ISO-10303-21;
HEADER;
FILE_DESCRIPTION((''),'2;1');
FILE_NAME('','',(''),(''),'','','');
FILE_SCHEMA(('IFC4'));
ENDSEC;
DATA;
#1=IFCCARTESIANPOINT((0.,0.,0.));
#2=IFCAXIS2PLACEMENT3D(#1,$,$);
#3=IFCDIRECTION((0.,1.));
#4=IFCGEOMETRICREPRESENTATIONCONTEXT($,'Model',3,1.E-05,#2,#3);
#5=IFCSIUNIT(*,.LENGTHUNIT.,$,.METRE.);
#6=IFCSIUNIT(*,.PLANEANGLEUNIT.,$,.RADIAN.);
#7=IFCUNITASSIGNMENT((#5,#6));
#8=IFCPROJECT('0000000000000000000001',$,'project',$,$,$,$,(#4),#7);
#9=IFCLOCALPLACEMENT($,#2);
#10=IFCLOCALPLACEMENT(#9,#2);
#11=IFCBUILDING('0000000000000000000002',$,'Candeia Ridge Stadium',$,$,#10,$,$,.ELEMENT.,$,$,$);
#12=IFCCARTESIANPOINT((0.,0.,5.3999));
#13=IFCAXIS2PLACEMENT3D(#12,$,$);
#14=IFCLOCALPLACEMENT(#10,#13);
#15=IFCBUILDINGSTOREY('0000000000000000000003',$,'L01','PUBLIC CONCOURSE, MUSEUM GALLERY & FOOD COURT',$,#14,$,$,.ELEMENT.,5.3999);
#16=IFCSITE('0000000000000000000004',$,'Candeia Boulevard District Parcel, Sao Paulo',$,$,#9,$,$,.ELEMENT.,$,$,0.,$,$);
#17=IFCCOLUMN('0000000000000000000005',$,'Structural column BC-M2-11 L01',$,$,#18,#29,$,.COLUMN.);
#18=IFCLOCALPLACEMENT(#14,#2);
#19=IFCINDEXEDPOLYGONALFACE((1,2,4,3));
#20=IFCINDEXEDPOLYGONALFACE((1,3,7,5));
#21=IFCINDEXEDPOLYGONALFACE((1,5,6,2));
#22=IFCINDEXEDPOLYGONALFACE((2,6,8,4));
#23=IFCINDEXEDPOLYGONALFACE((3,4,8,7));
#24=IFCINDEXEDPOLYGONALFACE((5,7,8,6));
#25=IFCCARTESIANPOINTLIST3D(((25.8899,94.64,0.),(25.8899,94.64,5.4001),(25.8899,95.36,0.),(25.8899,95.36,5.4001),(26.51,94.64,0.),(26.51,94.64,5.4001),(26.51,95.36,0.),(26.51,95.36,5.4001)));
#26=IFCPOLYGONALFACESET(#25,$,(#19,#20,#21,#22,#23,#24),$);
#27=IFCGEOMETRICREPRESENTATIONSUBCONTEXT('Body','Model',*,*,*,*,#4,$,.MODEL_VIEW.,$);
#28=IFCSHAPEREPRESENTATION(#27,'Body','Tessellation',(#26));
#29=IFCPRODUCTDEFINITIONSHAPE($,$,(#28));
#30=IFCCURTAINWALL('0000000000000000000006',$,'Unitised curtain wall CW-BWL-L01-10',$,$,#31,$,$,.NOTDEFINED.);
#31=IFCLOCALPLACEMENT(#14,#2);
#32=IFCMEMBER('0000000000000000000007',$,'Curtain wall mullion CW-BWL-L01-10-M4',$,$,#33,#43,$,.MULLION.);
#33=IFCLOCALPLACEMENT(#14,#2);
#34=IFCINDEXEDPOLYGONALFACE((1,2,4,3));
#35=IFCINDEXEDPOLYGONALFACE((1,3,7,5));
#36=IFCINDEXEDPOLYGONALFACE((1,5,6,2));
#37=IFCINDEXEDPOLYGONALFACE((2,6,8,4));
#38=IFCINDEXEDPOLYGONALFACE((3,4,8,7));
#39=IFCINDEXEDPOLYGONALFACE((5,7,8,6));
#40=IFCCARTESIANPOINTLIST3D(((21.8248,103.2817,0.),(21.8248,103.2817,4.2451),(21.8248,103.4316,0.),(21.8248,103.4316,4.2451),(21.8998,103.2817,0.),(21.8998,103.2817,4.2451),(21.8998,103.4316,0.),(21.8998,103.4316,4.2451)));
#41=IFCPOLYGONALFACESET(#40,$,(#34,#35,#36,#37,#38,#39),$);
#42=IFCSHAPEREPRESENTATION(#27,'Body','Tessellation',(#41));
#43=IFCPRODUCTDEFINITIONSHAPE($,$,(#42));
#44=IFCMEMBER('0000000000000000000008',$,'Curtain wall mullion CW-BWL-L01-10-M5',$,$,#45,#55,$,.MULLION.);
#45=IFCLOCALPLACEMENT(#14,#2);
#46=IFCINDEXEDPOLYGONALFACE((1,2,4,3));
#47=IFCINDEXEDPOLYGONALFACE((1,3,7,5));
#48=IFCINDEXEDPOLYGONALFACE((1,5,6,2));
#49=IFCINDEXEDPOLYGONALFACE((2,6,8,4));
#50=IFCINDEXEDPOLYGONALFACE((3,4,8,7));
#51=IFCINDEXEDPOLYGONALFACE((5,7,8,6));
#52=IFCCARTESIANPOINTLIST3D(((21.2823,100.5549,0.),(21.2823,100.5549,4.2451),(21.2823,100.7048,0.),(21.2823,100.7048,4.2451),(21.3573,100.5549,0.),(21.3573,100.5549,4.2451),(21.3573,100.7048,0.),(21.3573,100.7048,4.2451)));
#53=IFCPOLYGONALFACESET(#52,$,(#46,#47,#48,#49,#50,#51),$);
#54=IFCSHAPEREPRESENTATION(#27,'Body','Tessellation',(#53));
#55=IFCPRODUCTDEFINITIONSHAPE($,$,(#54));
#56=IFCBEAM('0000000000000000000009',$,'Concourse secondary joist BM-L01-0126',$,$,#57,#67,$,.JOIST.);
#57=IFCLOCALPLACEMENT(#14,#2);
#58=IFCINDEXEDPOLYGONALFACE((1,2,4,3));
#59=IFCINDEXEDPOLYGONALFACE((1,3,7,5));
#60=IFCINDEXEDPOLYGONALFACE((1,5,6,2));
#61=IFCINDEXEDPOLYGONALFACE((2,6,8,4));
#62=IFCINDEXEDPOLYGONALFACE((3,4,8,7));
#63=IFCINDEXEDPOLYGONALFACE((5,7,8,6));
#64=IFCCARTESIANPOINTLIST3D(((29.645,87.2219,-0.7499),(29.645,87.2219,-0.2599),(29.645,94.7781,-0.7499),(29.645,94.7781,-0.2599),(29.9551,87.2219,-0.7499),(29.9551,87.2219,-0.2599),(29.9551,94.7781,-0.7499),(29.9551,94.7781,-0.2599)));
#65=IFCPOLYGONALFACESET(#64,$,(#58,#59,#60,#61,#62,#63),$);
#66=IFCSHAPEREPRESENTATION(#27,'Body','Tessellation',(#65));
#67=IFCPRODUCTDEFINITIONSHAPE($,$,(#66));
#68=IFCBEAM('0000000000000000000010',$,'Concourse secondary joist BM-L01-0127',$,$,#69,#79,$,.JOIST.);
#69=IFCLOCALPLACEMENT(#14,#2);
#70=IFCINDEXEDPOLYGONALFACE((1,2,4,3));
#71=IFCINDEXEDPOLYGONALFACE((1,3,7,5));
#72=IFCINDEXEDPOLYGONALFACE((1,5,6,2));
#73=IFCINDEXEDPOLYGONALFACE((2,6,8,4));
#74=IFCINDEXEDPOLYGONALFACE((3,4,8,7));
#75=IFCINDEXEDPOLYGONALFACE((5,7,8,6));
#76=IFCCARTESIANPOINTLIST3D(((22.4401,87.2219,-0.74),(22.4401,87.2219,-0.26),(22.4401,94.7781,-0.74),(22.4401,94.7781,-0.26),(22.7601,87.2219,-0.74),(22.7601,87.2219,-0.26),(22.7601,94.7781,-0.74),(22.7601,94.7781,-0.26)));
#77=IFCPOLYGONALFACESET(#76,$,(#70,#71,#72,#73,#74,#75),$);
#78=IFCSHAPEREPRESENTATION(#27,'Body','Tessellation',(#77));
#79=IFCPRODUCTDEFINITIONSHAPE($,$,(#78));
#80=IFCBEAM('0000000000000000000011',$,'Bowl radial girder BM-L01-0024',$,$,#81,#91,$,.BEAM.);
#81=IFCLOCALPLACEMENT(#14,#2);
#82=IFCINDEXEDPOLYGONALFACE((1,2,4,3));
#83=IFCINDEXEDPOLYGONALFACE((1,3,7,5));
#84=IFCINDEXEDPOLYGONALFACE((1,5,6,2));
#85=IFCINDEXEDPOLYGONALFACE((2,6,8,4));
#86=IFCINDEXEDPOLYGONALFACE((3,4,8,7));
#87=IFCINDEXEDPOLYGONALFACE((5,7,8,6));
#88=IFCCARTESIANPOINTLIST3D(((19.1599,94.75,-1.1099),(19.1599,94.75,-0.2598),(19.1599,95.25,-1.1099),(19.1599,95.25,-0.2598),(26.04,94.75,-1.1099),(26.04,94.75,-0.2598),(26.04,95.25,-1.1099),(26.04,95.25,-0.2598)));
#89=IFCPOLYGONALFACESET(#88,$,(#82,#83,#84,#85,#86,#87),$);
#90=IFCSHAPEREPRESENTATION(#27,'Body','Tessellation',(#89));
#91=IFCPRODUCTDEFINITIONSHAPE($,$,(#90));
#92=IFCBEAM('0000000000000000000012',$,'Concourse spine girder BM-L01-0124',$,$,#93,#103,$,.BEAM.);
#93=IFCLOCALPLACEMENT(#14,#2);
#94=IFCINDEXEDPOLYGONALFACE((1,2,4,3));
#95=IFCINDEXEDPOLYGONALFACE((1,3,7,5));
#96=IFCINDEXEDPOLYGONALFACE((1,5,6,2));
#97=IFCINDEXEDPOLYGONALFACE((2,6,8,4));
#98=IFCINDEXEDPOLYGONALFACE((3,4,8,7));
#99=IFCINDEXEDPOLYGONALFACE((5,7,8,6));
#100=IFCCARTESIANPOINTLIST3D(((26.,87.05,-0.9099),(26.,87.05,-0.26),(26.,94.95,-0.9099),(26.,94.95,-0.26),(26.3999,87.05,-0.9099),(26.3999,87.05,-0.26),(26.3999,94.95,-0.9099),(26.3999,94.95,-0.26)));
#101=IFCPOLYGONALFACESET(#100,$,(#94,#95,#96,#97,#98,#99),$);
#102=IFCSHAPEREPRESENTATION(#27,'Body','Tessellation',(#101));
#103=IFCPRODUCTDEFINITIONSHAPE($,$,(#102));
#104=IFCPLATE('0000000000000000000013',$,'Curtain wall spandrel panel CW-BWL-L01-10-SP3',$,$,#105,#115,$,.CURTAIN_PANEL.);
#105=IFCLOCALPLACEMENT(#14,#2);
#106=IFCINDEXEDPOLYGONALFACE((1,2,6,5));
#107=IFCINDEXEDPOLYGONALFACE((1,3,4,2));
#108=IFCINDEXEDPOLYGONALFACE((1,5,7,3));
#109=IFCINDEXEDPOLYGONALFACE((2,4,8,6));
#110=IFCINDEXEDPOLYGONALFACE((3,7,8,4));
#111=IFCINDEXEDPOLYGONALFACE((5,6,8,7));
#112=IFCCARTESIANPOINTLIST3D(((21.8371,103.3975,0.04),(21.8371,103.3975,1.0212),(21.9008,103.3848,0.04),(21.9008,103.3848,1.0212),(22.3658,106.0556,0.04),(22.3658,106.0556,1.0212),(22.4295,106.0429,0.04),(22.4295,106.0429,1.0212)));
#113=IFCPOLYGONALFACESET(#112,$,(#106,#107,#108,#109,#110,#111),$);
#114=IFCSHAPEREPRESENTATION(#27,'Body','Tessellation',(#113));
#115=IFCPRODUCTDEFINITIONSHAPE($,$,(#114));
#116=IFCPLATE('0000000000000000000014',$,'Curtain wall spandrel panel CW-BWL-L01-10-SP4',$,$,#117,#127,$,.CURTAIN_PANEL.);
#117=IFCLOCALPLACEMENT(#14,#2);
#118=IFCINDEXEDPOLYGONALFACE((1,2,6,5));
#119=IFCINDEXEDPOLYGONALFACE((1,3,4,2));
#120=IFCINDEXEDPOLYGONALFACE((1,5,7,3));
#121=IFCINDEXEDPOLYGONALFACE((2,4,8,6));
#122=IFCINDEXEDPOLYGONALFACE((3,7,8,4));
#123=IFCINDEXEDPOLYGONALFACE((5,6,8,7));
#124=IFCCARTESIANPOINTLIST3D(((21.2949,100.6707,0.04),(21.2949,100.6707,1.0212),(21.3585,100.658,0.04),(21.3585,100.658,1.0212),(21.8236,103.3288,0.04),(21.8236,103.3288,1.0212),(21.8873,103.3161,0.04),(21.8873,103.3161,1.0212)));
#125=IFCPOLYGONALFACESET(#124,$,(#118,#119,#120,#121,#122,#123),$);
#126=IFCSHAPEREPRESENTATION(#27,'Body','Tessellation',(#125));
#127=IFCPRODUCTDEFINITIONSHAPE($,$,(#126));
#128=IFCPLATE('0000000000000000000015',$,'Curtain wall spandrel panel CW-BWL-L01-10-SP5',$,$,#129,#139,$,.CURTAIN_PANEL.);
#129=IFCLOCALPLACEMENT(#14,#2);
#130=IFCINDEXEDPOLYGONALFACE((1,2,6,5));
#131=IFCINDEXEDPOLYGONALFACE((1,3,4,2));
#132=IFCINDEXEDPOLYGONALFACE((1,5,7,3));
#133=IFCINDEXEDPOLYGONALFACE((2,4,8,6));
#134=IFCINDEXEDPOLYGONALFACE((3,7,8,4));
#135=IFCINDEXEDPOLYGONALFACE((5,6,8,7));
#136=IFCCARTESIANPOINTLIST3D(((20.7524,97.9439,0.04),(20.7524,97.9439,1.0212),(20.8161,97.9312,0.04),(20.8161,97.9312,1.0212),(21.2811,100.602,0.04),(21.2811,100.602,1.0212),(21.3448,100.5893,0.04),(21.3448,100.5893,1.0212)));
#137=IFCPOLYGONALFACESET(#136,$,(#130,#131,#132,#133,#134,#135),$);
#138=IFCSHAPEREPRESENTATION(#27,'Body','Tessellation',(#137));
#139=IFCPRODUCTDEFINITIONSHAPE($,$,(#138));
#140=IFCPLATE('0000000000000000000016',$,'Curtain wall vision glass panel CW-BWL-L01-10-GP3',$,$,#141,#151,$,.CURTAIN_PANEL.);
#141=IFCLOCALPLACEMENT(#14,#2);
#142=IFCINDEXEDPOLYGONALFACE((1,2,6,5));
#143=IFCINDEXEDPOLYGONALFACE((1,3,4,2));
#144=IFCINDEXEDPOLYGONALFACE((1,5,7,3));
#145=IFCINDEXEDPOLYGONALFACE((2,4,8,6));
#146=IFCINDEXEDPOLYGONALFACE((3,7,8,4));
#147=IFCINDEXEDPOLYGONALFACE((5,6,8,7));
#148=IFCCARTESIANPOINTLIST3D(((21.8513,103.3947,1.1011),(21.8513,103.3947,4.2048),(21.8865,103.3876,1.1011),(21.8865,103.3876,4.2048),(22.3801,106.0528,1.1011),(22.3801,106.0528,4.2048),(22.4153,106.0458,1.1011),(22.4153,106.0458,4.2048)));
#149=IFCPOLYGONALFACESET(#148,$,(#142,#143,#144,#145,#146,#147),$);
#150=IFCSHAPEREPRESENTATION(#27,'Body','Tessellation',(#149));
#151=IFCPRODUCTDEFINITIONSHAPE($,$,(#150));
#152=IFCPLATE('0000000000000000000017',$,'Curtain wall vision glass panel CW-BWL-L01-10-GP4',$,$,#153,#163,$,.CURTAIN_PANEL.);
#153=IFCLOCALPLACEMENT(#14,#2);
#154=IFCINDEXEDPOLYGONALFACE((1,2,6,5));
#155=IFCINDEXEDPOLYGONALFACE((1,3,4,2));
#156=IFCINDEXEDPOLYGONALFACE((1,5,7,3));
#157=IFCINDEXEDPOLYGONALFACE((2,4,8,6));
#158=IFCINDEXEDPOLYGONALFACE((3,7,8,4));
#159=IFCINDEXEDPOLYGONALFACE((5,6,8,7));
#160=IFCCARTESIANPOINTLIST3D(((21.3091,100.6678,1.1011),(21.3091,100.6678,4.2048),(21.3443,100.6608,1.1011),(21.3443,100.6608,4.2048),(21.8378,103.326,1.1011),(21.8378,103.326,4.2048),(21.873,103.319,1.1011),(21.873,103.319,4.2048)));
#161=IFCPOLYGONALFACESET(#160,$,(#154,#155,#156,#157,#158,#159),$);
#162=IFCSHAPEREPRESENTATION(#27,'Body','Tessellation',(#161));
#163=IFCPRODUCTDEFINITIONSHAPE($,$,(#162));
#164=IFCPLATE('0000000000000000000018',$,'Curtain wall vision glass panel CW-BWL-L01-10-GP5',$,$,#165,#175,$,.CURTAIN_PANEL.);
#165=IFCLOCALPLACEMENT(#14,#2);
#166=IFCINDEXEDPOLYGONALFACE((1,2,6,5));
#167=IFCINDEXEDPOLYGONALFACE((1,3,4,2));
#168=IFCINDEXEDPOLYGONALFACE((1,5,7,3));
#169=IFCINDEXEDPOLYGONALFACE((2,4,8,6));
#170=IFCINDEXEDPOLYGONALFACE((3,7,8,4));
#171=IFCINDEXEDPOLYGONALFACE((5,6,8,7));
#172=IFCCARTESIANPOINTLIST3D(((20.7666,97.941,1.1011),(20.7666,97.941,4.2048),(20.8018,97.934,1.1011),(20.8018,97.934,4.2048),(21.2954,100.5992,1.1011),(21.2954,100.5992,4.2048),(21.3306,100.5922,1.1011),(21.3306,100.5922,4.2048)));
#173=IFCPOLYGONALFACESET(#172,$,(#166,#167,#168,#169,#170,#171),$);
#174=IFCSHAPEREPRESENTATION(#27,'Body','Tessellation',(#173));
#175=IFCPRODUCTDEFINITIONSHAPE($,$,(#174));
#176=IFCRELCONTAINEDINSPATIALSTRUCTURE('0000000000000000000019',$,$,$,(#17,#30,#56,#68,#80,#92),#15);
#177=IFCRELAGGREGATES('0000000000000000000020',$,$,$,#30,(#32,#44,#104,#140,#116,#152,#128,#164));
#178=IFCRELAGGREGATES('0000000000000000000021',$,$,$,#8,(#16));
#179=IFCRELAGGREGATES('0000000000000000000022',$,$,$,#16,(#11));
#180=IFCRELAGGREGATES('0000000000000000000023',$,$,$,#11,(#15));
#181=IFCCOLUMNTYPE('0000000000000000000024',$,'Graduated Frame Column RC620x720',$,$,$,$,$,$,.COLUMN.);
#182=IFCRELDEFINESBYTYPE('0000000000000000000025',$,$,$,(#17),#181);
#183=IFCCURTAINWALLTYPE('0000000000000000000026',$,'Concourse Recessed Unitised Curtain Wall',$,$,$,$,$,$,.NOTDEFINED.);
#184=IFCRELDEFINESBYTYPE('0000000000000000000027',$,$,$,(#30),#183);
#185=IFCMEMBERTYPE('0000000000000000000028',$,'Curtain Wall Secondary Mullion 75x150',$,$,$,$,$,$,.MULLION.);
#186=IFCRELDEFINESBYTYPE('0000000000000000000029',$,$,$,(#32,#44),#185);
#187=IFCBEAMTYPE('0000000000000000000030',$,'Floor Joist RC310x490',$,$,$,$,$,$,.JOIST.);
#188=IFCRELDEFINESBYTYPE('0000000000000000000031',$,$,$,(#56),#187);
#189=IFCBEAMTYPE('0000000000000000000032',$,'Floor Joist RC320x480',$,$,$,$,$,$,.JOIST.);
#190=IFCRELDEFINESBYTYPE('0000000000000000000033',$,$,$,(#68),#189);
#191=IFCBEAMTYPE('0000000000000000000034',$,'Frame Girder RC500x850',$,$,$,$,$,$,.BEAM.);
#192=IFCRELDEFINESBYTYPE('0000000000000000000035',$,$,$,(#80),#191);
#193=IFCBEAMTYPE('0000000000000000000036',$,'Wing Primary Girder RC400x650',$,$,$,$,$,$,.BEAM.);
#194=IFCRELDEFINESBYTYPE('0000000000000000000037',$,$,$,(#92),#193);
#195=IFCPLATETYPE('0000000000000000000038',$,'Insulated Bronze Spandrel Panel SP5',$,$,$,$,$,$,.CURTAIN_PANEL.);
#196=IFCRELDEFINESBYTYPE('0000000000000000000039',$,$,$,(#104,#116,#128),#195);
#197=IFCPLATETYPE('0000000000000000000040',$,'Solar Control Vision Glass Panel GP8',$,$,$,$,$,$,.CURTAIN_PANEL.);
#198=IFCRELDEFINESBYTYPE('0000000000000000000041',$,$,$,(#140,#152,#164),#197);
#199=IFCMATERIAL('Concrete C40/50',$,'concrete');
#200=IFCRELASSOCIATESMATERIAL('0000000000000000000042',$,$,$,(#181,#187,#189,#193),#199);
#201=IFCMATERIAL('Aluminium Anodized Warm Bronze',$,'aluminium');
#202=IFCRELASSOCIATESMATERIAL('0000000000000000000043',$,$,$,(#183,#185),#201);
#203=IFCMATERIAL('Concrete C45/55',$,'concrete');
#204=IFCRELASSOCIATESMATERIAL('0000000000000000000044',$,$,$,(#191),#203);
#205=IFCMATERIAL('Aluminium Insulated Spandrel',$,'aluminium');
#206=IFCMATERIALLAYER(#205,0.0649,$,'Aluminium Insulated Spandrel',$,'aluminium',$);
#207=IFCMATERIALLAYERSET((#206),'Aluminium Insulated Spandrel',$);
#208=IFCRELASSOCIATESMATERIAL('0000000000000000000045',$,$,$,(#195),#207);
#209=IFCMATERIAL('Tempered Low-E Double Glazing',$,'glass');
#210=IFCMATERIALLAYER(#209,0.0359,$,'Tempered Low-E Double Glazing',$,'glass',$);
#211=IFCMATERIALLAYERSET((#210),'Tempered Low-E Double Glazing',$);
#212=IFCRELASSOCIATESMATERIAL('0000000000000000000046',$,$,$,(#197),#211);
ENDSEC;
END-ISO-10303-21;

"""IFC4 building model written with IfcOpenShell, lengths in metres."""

from ifc_helpers import new_model, si_unit, direction, frame, origin, origin_2d, place, context, subcontext, project, spatial, rectangle, extrude, material, layer, layer_set, material_profile, profile_set, type_object, element, aggregate, save


model = new_model("IFC4")

# Units and contexts
model_context = context("Model", 3, precision=1e-05, world=origin(), true_north=direction((0.0, 1.0)))
body_context = subcontext(model_context, "Body", "Model", "MODEL_VIEW")
ifc_project = project(units=[si_unit("LENGTHUNIT", "METRE"), si_unit("PLANEANGLEUNIT", "RADIAN")], contexts=[model_context])

# Site, building, storey
site_placement = place(None, origin())
site = spatial("IfcSite", under=ifc_project, at=site_placement, Name="Candeia Boulevard District Parcel, Sao Paulo", CompositionType="ELEMENT", RefElevation=0.0)
building_placement = place(site_placement, origin())
building = spatial("IfcBuilding", under=site, at=building_placement, Name="Candeia Ridge Stadium", CompositionType="ELEMENT")
storey_placement = place(building_placement, frame((0.0, 0.0, 5.3999)))
storey = spatial("IfcBuildingStorey", under=building, at=storey_placement, Name="L01", Description="PUBLIC CONCOURSE, MUSEUM GALLERY & FOOD COURT", CompositionType="ELEMENT", Elevation=5.3999)

# Column
ifc_material_1 = material(Name="Concrete C40/50", Category="concrete")
ifc_material_profile_1 = material_profile(ifc_material_1, rectangle(XDim=0.6201, YDim=0.72, at=origin_2d()), Name="RC620x720", Category="concrete")
ifc_profile_set_1 = profile_set([ifc_material_profile_1], Name="Concrete C40/50")
column_type = type_object("IfcColumnType", Name="Graduated Frame Column RC620x720", PredefinedType="COLUMN", material=ifc_profile_set_1)
column_placement = place(storey_placement, frame((26.2, 95.0, 0.0), z_axis=(0.0, 0.0, 1.0), x_axis=(1.0, 0.0, 0.0)))
element("IfcColumn", 1, at=column_placement, inside=storey, type_object=column_type, Name="Structural column BC-M2-11 L01", PredefinedType="COLUMN", context=body_context, shape_type="SweptSolid", body=[
    extrude(rectangle(XDim=0.6201, YDim=0.72, at=origin_2d()), origin(), (0.0, 0.0, 1.0), 5.4001),
])

# Curtain wall, members
ifc_material_2 = material(Name="Aluminium Anodized Warm Bronze", Category="aluminium")
curtain_wall_type = type_object("IfcCurtainWallType", Name="Concourse Recessed Unitised Curtain Wall", PredefinedType="NOTDEFINED", material=ifc_material_2)
curtain_wall_placement = place(storey_placement, origin())
curtain_wall = element("IfcCurtainWall", 2, at=curtain_wall_placement, inside=storey, type_object=curtain_wall_type, Name="Unitised curtain wall CW-BWL-L01-10", PredefinedType="NOTDEFINED")
ifc_material_profile_2 = material_profile(ifc_material_2, rectangle(XDim=0.075, YDim=0.1499, at=origin_2d()), Name="CWM-75x150", Category="aluminium")
ifc_profile_set_2 = profile_set([ifc_material_profile_2], Name="Aluminium Anodized Warm Bronze")
member_type = type_object("IfcMemberType", Name="Curtain Wall Secondary Mullion 75x150", PredefinedType="MULLION", material=ifc_profile_set_2)
member_1_placement = place(storey_placement, frame((21.8623, 103.3567, 0.0), z_axis=(0.0, 0.0, 1.0), x_axis=(1.0, 0.0, 0.0)))
member_1 = element("IfcMember", 3, at=member_1_placement, type_object=member_type, Name="Curtain wall mullion CW-BWL-L01-10-M4", PredefinedType="MULLION", context=body_context, shape_type="SweptSolid", body=[
    extrude(rectangle(XDim=0.075, YDim=0.1499, at=origin_2d()), origin(), (0.0, 0.0, 1.0), 4.2451),
])
member_2_placement = place(storey_placement, frame((21.3198, 100.6299, 0.0), z_axis=(0.0, 0.0, 1.0), x_axis=(1.0, 0.0, 0.0)))
member_2 = element("IfcMember", 4, at=member_2_placement, type_object=member_type, Name="Curtain wall mullion CW-BWL-L01-10-M5", PredefinedType="MULLION", context=body_context, shape_type="SweptSolid", body=[
    extrude(rectangle(XDim=0.075, YDim=0.1499, at=origin_2d()), origin(), (0.0, 0.0, 1.0), 4.2451),
])

# Beams
ifc_material_profile_3 = material_profile(ifc_material_1, rectangle(XDim=0.3101, YDim=0.49, at=origin_2d()), Name="RC310x490", Category="concrete")
ifc_profile_set_3 = profile_set([ifc_material_profile_3], Name="Concrete C40/50")
beam_type_1 = type_object("IfcBeamType", Name="Floor Joist RC310x490", PredefinedType="JOIST", material=ifc_profile_set_3)
beam_1_placement = place(storey_placement, frame((29.8, 94.7781, -0.5049), z_axis=(0.0, -1.0, 0.0), x_axis=(1.0, 0.0, 0.0)))
element("IfcBeam", 5, at=beam_1_placement, inside=storey, type_object=beam_type_1, Name="Concourse secondary joist BM-L01-0126", PredefinedType="JOIST", context=body_context, shape_type="SweptSolid", body=[
    extrude(rectangle(XDim=0.3101, YDim=0.49, at=origin_2d()), origin(), (0.0, 0.0, 1.0), 7.5562),
])
ifc_material_profile_4 = material_profile(ifc_material_1, rectangle(XDim=0.3201, YDim=0.48, at=origin_2d()), Name="RC320x480", Category="concrete")
ifc_profile_set_4 = profile_set([ifc_material_profile_4], Name="Concrete C40/50")
beam_type_2 = type_object("IfcBeamType", Name="Floor Joist RC320x480", PredefinedType="JOIST", material=ifc_profile_set_4)
beam_2_placement = place(storey_placement, frame((22.6001, 94.7781, -0.5), z_axis=(0.0, -1.0, 0.0), x_axis=(1.0, 0.0, 0.0)))
element("IfcBeam", 6, at=beam_2_placement, inside=storey, type_object=beam_type_2, Name="Concourse secondary joist BM-L01-0127", PredefinedType="JOIST", context=body_context, shape_type="SweptSolid", body=[
    extrude(rectangle(XDim=0.3201, YDim=0.48, at=origin_2d()), origin(), (0.0, 0.0, 1.0), 7.5562),
])
ifc_material_3 = material(Name="Concrete C45/55", Category="concrete")
ifc_material_profile_5 = material_profile(ifc_material_3, rectangle(XDim=0.5, YDim=0.8501, at=origin_2d()), Name="RC500x850", Category="concrete")
ifc_profile_set_5 = profile_set([ifc_material_profile_5], Name="Concrete C45/55")
beam_type_3 = type_object("IfcBeamType", Name="Frame Girder RC500x850", PredefinedType="BEAM", material=ifc_profile_set_5)
beam_3_placement = place(storey_placement, frame((26.04, 95.0, -0.6848), z_axis=(-1.0, 0.0, 0.0), x_axis=(0.0, -1.0, 0.0)))
element("IfcBeam", 7, at=beam_3_placement, inside=storey, type_object=beam_type_3, Name="Bowl radial girder BM-L01-0024", PredefinedType="BEAM", context=body_context, shape_type="SweptSolid", body=[
    extrude(rectangle(XDim=0.5, YDim=0.8501, at=origin_2d()), origin(), (0.0, 0.0, 1.0), 6.8801),
])
ifc_material_profile_6 = material_profile(ifc_material_1, rectangle(XDim=0.3999, YDim=0.6499, at=origin_2d()), Name="RC400x650", Category="concrete")
ifc_profile_set_6 = profile_set([ifc_material_profile_6], Name="Concrete C40/50")
beam_type_4 = type_object("IfcBeamType", Name="Wing Primary Girder RC400x650", PredefinedType="BEAM", material=ifc_profile_set_6)
beam_4_placement = place(storey_placement, frame((26.2, 94.95, -0.585), z_axis=(0.0, -1.0, 0.0), x_axis=(1.0, 0.0, 0.0)))
element("IfcBeam", 8, at=beam_4_placement, inside=storey, type_object=beam_type_4, Name="Concourse spine girder BM-L01-0124", PredefinedType="BEAM", context=body_context, shape_type="SweptSolid", body=[
    extrude(rectangle(XDim=0.3999, YDim=0.6499, at=origin_2d()), origin(), (0.0, 0.0, 1.0), 7.8999),
])

# Plates
ifc_material_4 = material(Name="Aluminium Insulated Spandrel", Category="aluminium")
ifc_layer_1 = layer(ifc_material_4, 0.0649, Name="Aluminium Insulated Spandrel", Category="aluminium")
ifc_layer_set_1 = layer_set([ifc_layer_1], Name="Aluminium Insulated Spandrel")
plate_type_1 = type_object("IfcPlateType", Name="Insulated Bronze Spandrel Panel SP5", PredefinedType="CURTAIN_PANEL", material=ifc_layer_set_1)
plate_1_placement = place(storey_placement, frame((22.1333, 104.7202, 0.04), z_axis=(0.0, 0.0, 1.0), x_axis=(-0.19509, -0.980785, 0.0)))
plate_1 = element("IfcPlate", 9, at=plate_1_placement, type_object=plate_type_1, Name="Curtain wall spandrel panel CW-BWL-L01-10-SP3", PredefinedType="CURTAIN_PANEL", context=body_context, shape_type="SweptSolid", body=[
    extrude(rectangle(XDim=2.7102, YDim=0.0649, at=origin_2d()), origin(), (0.0, 0.0, 1.0), 0.9812),
])
plate_2_placement = place(storey_placement, frame((21.5911, 101.9934, 0.04), z_axis=(0.0, 0.0, 1.0), x_axis=(-0.19509, -0.980785, 0.0)))
plate_2 = element("IfcPlate", 10, at=plate_2_placement, type_object=plate_type_1, Name="Curtain wall spandrel panel CW-BWL-L01-10-SP4", PredefinedType="CURTAIN_PANEL", context=body_context, shape_type="SweptSolid", body=[
    extrude(rectangle(XDim=2.7102, YDim=0.0649, at=origin_2d()), origin(), (0.0, 0.0, 1.0), 0.9812),
])
plate_3_placement = place(storey_placement, frame((21.0486, 99.2666, 0.04), z_axis=(0.0, 0.0, 1.0), x_axis=(-0.19509, -0.980785, 0.0)))
plate_3 = element("IfcPlate", 11, at=plate_3_placement, type_object=plate_type_1, Name="Curtain wall spandrel panel CW-BWL-L01-10-SP5", PredefinedType="CURTAIN_PANEL", context=body_context, shape_type="SweptSolid", body=[
    extrude(rectangle(XDim=2.7102, YDim=0.0649, at=origin_2d()), origin(), (0.0, 0.0, 1.0), 0.9812),
])
ifc_material_5 = material(Name="Tempered Low-E Double Glazing", Category="glass")
ifc_layer_2 = layer(ifc_material_5, 0.0359, Name="Tempered Low-E Double Glazing", Category="glass")
ifc_layer_set_2 = layer_set([ifc_layer_2], Name="Tempered Low-E Double Glazing")
plate_type_2 = type_object("IfcPlateType", Name="Solar Control Vision Glass Panel GP8", PredefinedType="CURTAIN_PANEL", material=ifc_layer_set_2)
plate_4_placement = place(storey_placement, frame((22.1333, 104.7202, 1.1011), z_axis=(0.0, 0.0, 1.0), x_axis=(-0.19509, -0.980785, 0.0)))
plate_4 = element("IfcPlate", 12, at=plate_4_placement, type_object=plate_type_2, Name="Curtain wall vision glass panel CW-BWL-L01-10-GP3", PredefinedType="CURTAIN_PANEL", context=body_context, shape_type="SweptSolid", body=[
    extrude(rectangle(XDim=2.7102, YDim=0.0359, at=origin_2d()), origin(), (0.0, 0.0, 1.0), 3.1038),
])
plate_5_placement = place(storey_placement, frame((21.5911, 101.9934, 1.1011), z_axis=(0.0, 0.0, 1.0), x_axis=(-0.19509, -0.980785, 0.0)))
plate_5 = element("IfcPlate", 13, at=plate_5_placement, type_object=plate_type_2, Name="Curtain wall vision glass panel CW-BWL-L01-10-GP4", PredefinedType="CURTAIN_PANEL", context=body_context, shape_type="SweptSolid", body=[
    extrude(rectangle(XDim=2.7102, YDim=0.0359, at=origin_2d()), origin(), (0.0, 0.0, 1.0), 3.1038),
])
plate_6_placement = place(storey_placement, frame((21.0486, 99.2666, 1.1011), z_axis=(0.0, 0.0, 1.0), x_axis=(-0.19509, -0.980785, 0.0)))
plate_6 = element("IfcPlate", 14, at=plate_6_placement, type_object=plate_type_2, Name="Curtain wall vision glass panel CW-BWL-L01-10-GP5", PredefinedType="CURTAIN_PANEL", context=body_context, shape_type="SweptSolid", body=[
    extrude(rectangle(XDim=2.7102, YDim=0.0359, at=origin_2d()), origin(), (0.0, 0.0, 1.0), 3.1038),
])
aggregate(curtain_wall, [member_1, member_2, plate_1, plate_4, plate_2, plate_5, plate_3, plate_6])

save(model, "model.ifc")
